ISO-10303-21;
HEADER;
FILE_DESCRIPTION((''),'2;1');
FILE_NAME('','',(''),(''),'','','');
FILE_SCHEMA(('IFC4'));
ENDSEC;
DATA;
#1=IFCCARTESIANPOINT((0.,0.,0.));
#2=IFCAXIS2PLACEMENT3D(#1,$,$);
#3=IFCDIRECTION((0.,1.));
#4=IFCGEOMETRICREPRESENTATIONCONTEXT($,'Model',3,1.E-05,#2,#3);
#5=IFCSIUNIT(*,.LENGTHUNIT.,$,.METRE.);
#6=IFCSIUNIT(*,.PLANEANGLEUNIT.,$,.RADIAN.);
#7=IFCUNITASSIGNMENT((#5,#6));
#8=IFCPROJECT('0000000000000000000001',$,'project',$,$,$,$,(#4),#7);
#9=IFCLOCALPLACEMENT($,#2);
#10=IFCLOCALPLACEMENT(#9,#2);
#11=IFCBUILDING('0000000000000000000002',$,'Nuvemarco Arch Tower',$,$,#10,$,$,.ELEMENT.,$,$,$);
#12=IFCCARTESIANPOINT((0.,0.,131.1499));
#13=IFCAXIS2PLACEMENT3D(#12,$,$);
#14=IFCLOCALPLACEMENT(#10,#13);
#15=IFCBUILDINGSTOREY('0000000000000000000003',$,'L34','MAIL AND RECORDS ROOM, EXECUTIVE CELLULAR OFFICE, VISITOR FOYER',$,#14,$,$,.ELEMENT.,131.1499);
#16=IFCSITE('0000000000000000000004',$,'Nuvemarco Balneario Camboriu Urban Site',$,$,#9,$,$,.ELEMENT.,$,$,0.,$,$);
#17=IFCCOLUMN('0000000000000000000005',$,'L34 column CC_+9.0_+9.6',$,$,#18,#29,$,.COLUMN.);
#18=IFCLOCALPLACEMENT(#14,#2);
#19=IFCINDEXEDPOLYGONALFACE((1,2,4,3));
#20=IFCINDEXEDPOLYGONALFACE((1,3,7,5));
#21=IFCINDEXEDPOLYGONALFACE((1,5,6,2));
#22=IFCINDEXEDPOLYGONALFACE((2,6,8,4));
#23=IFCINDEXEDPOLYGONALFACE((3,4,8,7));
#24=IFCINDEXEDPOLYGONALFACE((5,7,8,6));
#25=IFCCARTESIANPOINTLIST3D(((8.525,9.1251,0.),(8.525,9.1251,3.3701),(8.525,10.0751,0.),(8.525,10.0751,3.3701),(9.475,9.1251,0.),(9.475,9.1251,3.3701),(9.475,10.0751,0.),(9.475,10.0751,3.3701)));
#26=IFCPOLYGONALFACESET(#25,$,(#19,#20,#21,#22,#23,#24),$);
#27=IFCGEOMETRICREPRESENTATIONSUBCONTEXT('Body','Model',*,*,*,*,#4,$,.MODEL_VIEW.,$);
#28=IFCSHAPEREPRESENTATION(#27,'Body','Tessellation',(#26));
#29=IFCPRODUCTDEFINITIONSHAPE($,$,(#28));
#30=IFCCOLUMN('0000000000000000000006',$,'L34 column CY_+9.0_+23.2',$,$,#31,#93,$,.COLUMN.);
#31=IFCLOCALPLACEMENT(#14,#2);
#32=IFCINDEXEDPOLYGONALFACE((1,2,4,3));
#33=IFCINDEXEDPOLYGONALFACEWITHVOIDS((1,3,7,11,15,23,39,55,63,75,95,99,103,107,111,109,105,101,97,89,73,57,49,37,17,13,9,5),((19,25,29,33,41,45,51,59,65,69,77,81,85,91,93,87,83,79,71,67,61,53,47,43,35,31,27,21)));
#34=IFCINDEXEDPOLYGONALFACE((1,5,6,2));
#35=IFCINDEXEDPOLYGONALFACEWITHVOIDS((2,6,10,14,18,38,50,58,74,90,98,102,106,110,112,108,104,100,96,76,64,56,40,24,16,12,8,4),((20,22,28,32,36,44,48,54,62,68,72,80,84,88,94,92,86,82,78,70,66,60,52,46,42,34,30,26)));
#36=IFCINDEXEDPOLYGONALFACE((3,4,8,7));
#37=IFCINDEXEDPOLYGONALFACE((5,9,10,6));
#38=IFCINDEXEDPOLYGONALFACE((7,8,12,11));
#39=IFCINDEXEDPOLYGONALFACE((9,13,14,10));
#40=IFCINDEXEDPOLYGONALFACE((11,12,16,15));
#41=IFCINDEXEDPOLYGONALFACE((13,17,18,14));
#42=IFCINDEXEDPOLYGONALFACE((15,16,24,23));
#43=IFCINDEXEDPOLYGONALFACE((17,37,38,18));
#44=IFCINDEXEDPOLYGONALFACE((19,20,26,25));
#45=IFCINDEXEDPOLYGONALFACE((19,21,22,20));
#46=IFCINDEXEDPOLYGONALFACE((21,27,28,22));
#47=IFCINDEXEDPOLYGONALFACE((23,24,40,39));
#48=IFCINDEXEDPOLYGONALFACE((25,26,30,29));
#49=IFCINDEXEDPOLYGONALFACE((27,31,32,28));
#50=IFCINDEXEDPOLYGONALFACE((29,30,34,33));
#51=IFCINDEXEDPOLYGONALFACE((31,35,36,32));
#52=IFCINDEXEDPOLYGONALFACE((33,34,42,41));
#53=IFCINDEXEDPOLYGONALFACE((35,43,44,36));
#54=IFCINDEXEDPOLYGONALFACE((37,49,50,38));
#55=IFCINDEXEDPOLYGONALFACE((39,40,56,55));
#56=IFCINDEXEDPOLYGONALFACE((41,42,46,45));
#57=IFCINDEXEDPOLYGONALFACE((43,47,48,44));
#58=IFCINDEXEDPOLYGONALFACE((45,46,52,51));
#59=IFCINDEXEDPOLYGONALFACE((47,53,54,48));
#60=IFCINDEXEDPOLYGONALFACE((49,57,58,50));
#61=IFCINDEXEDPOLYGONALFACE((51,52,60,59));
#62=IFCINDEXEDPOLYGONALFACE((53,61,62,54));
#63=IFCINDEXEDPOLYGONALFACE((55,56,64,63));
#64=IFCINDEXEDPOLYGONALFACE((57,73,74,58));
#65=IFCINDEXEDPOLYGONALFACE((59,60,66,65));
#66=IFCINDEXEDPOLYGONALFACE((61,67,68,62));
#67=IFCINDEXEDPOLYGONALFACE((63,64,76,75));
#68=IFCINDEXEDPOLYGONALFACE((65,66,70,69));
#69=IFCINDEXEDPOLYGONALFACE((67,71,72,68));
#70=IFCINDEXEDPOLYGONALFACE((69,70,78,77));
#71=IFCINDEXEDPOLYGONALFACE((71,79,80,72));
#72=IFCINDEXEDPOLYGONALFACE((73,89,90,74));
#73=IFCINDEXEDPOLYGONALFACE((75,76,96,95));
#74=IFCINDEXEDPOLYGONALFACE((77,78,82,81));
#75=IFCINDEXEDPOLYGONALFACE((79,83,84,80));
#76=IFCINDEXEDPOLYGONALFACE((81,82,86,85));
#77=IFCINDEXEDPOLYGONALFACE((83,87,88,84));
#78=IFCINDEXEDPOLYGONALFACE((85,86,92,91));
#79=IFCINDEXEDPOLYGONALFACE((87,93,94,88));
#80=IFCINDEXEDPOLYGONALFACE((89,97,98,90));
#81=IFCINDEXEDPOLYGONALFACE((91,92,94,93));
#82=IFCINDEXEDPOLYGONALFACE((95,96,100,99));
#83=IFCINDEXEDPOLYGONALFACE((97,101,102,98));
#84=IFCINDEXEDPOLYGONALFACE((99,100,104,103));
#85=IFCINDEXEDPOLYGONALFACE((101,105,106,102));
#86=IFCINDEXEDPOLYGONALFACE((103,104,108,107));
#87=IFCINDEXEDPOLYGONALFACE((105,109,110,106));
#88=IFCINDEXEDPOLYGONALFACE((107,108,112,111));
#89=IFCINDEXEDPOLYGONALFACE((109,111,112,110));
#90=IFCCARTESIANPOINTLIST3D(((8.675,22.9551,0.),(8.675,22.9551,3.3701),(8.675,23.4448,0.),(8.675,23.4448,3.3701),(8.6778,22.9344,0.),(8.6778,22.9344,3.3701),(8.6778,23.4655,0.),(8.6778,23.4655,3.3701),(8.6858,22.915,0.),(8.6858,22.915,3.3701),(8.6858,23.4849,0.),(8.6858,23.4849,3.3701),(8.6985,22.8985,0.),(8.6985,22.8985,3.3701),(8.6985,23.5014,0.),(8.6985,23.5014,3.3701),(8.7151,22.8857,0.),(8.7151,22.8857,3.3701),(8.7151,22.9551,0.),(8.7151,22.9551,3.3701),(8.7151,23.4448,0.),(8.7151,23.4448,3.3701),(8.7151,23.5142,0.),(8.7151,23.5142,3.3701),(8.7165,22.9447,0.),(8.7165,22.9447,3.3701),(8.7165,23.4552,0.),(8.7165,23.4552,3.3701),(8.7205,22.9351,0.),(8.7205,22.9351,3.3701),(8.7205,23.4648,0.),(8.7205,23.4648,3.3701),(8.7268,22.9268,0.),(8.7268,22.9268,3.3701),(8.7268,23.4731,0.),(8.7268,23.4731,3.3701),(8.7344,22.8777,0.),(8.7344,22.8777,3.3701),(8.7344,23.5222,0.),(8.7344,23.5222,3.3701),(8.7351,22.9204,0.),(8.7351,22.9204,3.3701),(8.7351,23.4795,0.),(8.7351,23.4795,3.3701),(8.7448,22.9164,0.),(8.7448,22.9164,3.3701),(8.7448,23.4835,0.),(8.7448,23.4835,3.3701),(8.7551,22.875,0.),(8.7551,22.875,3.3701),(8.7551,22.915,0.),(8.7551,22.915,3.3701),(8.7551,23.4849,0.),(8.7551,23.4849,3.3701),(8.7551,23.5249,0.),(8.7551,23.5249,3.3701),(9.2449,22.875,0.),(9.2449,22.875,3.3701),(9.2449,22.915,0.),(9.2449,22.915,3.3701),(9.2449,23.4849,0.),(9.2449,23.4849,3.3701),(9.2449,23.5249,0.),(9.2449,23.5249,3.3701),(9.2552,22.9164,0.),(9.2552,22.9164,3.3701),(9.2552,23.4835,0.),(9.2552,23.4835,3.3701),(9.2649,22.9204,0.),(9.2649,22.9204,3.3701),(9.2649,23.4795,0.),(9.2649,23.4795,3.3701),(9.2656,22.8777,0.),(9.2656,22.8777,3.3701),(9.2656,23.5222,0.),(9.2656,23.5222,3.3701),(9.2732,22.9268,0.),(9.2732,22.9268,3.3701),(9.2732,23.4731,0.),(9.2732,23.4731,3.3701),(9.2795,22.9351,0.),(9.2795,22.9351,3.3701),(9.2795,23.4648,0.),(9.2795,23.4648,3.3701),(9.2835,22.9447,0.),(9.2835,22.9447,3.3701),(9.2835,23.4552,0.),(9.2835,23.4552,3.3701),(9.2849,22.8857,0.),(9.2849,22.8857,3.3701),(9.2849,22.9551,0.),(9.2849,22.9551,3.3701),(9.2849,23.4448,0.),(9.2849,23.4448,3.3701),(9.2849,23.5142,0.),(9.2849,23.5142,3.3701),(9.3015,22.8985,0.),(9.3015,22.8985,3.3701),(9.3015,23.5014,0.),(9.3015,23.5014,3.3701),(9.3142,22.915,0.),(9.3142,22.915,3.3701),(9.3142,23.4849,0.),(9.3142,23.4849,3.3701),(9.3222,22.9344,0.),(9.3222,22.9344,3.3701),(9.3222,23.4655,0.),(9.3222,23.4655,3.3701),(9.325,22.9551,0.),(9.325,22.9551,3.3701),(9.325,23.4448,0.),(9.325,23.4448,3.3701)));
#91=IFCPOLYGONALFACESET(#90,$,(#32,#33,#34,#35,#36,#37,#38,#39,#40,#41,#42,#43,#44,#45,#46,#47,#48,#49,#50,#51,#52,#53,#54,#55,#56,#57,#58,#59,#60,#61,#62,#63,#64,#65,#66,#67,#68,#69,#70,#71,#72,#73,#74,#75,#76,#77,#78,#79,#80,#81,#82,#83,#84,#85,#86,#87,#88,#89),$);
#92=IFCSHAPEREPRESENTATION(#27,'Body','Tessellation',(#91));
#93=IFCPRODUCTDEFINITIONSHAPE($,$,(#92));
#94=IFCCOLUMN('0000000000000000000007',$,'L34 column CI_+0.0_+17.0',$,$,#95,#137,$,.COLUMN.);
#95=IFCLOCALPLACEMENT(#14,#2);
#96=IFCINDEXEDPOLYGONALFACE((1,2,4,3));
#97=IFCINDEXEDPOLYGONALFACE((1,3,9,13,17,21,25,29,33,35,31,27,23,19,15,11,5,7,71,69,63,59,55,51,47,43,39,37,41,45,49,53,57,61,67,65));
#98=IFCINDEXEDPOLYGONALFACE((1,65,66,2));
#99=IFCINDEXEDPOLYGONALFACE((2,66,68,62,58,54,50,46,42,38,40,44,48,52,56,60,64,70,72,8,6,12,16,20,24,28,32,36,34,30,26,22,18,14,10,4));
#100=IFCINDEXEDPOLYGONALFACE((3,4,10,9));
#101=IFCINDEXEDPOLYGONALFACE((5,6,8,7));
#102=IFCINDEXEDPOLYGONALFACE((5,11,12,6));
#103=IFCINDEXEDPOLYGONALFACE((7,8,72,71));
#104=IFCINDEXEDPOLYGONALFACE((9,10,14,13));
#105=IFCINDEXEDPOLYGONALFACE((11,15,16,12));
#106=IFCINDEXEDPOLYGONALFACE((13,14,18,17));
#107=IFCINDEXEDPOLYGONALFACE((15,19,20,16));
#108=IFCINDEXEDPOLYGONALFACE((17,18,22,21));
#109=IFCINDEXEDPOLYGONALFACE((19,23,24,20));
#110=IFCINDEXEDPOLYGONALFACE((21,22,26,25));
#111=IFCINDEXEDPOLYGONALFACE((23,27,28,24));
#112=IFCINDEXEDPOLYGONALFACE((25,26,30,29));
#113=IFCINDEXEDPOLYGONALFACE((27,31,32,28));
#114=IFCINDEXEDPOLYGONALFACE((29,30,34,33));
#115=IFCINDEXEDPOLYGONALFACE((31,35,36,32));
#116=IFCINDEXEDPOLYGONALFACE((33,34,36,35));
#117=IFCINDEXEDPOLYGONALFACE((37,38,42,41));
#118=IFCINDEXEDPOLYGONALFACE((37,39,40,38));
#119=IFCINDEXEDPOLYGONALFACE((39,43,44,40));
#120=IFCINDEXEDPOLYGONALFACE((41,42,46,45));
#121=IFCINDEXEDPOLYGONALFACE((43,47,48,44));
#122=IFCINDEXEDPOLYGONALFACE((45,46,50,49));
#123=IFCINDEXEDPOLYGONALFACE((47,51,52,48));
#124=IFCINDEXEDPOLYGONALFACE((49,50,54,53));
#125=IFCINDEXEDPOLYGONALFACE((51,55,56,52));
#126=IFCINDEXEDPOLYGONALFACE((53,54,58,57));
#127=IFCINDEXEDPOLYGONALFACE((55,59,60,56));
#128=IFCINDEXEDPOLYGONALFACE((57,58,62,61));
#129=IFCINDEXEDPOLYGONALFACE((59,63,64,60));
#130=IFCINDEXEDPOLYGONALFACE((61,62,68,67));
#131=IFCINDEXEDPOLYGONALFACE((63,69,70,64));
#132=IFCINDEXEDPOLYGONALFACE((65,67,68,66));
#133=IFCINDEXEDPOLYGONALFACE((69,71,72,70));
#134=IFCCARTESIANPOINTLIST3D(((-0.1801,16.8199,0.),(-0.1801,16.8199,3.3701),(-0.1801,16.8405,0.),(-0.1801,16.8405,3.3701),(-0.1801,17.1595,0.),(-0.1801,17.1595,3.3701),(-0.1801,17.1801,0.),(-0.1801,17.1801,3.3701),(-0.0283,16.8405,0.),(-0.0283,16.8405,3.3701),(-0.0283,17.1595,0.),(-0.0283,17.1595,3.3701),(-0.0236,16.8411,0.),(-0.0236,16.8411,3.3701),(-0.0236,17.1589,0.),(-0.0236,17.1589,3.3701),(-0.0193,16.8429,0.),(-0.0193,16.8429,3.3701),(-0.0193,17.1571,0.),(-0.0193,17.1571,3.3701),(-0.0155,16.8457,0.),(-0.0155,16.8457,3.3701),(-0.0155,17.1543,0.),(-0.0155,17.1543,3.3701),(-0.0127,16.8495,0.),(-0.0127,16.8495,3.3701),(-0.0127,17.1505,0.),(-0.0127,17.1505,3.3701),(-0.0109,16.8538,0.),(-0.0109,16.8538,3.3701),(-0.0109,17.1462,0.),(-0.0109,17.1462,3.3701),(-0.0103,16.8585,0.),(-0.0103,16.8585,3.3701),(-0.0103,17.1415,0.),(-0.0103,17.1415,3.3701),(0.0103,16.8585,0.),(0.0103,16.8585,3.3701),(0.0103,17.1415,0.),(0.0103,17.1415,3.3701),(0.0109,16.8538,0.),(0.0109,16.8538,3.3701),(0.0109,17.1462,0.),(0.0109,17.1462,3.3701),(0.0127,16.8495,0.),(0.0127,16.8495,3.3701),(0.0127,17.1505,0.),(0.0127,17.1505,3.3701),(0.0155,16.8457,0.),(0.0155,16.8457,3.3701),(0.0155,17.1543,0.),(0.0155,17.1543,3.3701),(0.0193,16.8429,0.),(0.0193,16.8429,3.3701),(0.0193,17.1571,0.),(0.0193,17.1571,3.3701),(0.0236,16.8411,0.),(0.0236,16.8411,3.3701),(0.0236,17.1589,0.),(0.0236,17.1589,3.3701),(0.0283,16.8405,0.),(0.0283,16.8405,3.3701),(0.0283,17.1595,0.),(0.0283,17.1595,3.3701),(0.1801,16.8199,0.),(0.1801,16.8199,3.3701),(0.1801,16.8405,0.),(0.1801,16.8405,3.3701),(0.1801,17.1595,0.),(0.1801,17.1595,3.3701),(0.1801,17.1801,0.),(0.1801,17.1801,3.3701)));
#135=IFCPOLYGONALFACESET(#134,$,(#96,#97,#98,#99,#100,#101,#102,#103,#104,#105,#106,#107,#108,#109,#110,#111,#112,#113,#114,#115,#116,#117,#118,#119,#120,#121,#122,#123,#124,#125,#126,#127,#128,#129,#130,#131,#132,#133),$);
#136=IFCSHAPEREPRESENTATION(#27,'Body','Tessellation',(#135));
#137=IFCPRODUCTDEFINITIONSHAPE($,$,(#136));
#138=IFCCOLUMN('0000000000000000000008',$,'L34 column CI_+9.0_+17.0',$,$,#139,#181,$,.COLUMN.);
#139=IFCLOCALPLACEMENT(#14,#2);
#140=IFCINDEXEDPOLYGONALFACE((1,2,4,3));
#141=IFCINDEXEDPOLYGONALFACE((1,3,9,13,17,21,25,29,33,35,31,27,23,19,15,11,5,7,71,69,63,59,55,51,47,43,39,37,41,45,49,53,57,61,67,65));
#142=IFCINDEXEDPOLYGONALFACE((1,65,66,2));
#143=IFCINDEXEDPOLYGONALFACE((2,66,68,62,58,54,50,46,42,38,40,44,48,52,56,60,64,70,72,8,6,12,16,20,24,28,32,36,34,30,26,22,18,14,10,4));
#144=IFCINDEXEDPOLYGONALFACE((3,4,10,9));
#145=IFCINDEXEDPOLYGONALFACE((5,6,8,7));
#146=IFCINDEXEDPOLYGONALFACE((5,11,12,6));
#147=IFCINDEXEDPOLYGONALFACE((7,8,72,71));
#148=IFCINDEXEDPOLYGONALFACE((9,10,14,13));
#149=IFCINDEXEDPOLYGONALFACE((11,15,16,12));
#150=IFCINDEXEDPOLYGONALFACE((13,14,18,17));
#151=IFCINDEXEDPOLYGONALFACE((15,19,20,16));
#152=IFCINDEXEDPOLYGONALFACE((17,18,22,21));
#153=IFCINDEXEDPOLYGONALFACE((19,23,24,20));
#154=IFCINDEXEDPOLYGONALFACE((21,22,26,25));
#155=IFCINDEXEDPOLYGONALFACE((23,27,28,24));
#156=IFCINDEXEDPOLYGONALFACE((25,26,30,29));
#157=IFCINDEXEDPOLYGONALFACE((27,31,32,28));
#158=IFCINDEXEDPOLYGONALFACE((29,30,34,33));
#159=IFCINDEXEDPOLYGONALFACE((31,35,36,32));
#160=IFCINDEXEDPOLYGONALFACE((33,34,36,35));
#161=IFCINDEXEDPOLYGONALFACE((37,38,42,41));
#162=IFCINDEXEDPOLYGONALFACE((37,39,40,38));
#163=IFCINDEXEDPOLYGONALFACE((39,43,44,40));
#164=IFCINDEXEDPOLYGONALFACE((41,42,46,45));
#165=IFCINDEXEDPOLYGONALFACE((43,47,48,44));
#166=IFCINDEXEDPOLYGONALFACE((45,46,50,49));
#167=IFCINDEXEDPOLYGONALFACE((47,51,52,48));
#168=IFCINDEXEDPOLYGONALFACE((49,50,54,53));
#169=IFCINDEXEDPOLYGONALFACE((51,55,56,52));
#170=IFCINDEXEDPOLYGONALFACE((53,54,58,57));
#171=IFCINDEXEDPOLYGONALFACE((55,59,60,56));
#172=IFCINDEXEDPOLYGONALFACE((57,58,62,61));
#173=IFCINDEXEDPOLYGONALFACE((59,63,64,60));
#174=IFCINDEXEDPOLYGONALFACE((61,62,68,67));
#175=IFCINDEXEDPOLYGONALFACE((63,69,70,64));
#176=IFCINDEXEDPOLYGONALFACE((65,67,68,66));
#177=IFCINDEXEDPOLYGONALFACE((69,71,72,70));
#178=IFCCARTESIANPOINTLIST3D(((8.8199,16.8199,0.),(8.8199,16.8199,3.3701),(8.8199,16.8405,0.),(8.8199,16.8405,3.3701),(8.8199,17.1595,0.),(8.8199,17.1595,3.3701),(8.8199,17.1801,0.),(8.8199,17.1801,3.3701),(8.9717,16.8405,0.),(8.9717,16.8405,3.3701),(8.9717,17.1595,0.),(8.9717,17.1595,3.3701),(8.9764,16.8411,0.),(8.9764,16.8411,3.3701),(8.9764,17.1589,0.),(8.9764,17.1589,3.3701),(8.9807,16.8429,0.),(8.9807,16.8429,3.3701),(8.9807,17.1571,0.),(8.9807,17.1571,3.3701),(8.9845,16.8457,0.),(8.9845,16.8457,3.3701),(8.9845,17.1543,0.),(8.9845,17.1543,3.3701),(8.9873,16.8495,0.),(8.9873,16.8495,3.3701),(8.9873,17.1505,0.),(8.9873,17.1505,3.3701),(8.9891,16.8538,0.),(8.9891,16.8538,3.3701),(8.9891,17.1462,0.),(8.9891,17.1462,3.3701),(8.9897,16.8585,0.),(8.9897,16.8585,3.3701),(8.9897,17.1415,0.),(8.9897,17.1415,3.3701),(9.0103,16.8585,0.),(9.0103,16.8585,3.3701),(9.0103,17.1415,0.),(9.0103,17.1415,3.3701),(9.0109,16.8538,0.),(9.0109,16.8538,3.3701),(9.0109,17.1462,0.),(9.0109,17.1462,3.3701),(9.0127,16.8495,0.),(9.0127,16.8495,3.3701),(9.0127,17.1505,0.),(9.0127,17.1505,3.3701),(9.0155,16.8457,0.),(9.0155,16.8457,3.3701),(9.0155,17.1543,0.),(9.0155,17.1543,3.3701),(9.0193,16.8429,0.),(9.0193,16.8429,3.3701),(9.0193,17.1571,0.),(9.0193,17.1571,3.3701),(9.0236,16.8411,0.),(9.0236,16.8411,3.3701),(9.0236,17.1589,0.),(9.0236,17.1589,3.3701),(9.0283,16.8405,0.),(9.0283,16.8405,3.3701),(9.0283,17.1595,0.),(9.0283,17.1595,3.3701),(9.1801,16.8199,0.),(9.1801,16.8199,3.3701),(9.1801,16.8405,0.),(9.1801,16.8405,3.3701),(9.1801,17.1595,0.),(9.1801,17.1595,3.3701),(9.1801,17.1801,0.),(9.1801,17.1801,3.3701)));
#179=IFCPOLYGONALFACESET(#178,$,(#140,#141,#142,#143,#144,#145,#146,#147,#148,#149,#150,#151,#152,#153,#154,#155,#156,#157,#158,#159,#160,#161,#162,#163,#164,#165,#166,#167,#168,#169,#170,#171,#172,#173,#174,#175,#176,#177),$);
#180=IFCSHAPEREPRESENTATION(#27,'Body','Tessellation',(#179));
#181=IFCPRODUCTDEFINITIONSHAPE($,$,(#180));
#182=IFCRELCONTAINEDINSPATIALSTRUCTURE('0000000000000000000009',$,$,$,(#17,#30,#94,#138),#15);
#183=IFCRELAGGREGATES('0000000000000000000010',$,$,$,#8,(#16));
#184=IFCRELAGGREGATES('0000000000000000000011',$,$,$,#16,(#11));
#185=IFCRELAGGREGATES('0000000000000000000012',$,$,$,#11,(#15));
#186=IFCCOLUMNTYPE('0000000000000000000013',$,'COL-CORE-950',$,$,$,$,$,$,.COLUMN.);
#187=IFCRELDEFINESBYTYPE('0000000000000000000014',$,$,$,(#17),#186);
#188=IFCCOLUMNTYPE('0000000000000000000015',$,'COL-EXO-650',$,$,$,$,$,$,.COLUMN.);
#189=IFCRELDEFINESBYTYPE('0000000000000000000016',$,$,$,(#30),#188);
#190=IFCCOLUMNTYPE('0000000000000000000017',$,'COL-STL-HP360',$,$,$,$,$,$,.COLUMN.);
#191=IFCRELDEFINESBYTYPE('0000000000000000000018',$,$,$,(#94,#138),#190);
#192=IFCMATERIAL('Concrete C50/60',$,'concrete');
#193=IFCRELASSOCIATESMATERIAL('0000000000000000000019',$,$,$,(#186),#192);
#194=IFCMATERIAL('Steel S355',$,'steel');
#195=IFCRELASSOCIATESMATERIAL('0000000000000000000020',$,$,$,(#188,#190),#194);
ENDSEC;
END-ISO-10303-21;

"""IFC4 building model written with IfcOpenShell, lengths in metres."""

from ifc_helpers import new_model, si_unit, direction, frame, origin, origin_2d, place, context, subcontext, project, spatial, rectangle, hollow_rectangle, i_section, extrude, material, material_profile, profile_set, type_object, element, save


model = new_model("IFC4")

# Units and contexts
model_context = context("Model", 3, precision=1e-05, world=origin(), true_north=direction((0.0, 1.0)))
body_context = subcontext(model_context, "Body", "Model", "MODEL_VIEW")
ifc_project = project(units=[si_unit("LENGTHUNIT", "METRE"), si_unit("PLANEANGLEUNIT", "RADIAN")], contexts=[model_context])

# Site, building, storey
site_placement = place(None, origin())
site = spatial("IfcSite", under=ifc_project, at=site_placement, Name="Nuvemarco Balneario Camboriu Urban Site", CompositionType="ELEMENT", RefElevation=0.0)
building_placement = place(site_placement, origin())
building = spatial("IfcBuilding", under=site, at=building_placement, Name="Nuvemarco Arch Tower", CompositionType="ELEMENT")
storey_placement = place(building_placement, frame((0.0, 0.0, 131.1499)))
storey = spatial("IfcBuildingStorey", under=building, at=storey_placement, Name="L34", Description="MAIL AND RECORDS ROOM, EXECUTIVE CELLULAR OFFICE, VISITOR FOYER", CompositionType="ELEMENT", Elevation=131.1499)

# Columns
ifc_material_1 = material(Name="Concrete C50/60", Category="concrete")
ifc_material_profile_1 = material_profile(ifc_material_1, rectangle(XDim=0.95, YDim=0.95, at=origin_2d()), Name="RC-COL-950x950")
ifc_profile_set_1 = profile_set([ifc_material_profile_1], Name="Concrete C50/60")
column_type_1 = type_object("IfcColumnType", Name="COL-CORE-950", PredefinedType="COLUMN", material=ifc_profile_set_1)
column_1_placement = place(storey_placement, frame((9.0, 9.6001, 0.0), z_axis=(0.0, 0.0, 1.0), x_axis=(1.0, 0.0, 0.0)))
element("IfcColumn", 1, at=column_1_placement, inside=storey, type_object=column_type_1, Name="L34 column CC_+9.0_+9.6", PredefinedType="COLUMN", context=body_context, shape_type="SweptSolid", body=[
    extrude(rectangle(XDim=0.95, YDim=0.95, at=origin_2d()), origin(), (0.0, 0.0, 1.0), 3.3701),
])
ifc_material_2 = material(Name="Steel S355", Category="steel")
ifc_material_profile_2 = material_profile(ifc_material_2, hollow_rectangle(XDim=0.6499, YDim=0.6499, WallThickness=0.04, InnerFilletRadius=0.04, OuterFilletRadius=0.0801, at=origin_2d()), Name="SHS650x650x40")
ifc_profile_set_2 = profile_set([ifc_material_profile_2], Name="Steel S355")
column_type_2 = type_object("IfcColumnType", Name="COL-EXO-650", PredefinedType="COLUMN", material=ifc_profile_set_2)
column_2_placement = place(storey_placement, frame((9.0, 23.2, 0.0), z_axis=(0.0, 0.0, 1.0), x_axis=(1.0, 0.0, 0.0)))
element("IfcColumn", 2, at=column_2_placement, inside=storey, type_object=column_type_2, Name="L34 column CY_+9.0_+23.2", PredefinedType="COLUMN", context=body_context, shape_type="SweptSolid", body=[
    extrude(hollow_rectangle(XDim=0.6499, YDim=0.6499, WallThickness=0.04, InnerFilletRadius=0.04, OuterFilletRadius=0.0801, at=origin_2d()), origin(), (0.0, 0.0, 1.0), 3.3701),
])
ifc_material_profile_3 = material_profile(ifc_material_2, i_section(OverallWidth=0.3601, OverallDepth=0.3601, WebThickness=0.0205, FlangeThickness=0.0205, FilletRadius=0.0181, at=origin_2d()), Name="HP360x174")
ifc_profile_set_3 = profile_set([ifc_material_profile_3], Name="Steel S355")
column_type_3 = type_object("IfcColumnType", Name="COL-STL-HP360", PredefinedType="COLUMN", material=ifc_profile_set_3)
for number, where, z_axis, x_axis, name in (
    (3, (0.0, 17.0, 0.0), (0.0, 0.0, 1.0), (1.0, 0.0, 0.0), "L34 column CI_+0.0_+17.0"),
    (4, (9.0, 17.0, 0.0), (0.0, 0.0, 1.0), (1.0, 0.0, 0.0), "L34 column CI_+9.0_+17.0"),
):
    element("IfcColumn", number, at=place(storey_placement, frame(where, z_axis=z_axis, x_axis=x_axis)), inside=storey, type_object=column_type_3, Name=name, PredefinedType="COLUMN", context=body_context, shape_type="SweptSolid", body=[
        extrude(i_section(OverallWidth=0.3601, OverallDepth=0.3601, WebThickness=0.0205, FlangeThickness=0.0205, FilletRadius=0.0181, at=origin_2d()), origin(), (0.0, 0.0, 1.0), 3.3701),
    ])

save(model, "model.ifc")
